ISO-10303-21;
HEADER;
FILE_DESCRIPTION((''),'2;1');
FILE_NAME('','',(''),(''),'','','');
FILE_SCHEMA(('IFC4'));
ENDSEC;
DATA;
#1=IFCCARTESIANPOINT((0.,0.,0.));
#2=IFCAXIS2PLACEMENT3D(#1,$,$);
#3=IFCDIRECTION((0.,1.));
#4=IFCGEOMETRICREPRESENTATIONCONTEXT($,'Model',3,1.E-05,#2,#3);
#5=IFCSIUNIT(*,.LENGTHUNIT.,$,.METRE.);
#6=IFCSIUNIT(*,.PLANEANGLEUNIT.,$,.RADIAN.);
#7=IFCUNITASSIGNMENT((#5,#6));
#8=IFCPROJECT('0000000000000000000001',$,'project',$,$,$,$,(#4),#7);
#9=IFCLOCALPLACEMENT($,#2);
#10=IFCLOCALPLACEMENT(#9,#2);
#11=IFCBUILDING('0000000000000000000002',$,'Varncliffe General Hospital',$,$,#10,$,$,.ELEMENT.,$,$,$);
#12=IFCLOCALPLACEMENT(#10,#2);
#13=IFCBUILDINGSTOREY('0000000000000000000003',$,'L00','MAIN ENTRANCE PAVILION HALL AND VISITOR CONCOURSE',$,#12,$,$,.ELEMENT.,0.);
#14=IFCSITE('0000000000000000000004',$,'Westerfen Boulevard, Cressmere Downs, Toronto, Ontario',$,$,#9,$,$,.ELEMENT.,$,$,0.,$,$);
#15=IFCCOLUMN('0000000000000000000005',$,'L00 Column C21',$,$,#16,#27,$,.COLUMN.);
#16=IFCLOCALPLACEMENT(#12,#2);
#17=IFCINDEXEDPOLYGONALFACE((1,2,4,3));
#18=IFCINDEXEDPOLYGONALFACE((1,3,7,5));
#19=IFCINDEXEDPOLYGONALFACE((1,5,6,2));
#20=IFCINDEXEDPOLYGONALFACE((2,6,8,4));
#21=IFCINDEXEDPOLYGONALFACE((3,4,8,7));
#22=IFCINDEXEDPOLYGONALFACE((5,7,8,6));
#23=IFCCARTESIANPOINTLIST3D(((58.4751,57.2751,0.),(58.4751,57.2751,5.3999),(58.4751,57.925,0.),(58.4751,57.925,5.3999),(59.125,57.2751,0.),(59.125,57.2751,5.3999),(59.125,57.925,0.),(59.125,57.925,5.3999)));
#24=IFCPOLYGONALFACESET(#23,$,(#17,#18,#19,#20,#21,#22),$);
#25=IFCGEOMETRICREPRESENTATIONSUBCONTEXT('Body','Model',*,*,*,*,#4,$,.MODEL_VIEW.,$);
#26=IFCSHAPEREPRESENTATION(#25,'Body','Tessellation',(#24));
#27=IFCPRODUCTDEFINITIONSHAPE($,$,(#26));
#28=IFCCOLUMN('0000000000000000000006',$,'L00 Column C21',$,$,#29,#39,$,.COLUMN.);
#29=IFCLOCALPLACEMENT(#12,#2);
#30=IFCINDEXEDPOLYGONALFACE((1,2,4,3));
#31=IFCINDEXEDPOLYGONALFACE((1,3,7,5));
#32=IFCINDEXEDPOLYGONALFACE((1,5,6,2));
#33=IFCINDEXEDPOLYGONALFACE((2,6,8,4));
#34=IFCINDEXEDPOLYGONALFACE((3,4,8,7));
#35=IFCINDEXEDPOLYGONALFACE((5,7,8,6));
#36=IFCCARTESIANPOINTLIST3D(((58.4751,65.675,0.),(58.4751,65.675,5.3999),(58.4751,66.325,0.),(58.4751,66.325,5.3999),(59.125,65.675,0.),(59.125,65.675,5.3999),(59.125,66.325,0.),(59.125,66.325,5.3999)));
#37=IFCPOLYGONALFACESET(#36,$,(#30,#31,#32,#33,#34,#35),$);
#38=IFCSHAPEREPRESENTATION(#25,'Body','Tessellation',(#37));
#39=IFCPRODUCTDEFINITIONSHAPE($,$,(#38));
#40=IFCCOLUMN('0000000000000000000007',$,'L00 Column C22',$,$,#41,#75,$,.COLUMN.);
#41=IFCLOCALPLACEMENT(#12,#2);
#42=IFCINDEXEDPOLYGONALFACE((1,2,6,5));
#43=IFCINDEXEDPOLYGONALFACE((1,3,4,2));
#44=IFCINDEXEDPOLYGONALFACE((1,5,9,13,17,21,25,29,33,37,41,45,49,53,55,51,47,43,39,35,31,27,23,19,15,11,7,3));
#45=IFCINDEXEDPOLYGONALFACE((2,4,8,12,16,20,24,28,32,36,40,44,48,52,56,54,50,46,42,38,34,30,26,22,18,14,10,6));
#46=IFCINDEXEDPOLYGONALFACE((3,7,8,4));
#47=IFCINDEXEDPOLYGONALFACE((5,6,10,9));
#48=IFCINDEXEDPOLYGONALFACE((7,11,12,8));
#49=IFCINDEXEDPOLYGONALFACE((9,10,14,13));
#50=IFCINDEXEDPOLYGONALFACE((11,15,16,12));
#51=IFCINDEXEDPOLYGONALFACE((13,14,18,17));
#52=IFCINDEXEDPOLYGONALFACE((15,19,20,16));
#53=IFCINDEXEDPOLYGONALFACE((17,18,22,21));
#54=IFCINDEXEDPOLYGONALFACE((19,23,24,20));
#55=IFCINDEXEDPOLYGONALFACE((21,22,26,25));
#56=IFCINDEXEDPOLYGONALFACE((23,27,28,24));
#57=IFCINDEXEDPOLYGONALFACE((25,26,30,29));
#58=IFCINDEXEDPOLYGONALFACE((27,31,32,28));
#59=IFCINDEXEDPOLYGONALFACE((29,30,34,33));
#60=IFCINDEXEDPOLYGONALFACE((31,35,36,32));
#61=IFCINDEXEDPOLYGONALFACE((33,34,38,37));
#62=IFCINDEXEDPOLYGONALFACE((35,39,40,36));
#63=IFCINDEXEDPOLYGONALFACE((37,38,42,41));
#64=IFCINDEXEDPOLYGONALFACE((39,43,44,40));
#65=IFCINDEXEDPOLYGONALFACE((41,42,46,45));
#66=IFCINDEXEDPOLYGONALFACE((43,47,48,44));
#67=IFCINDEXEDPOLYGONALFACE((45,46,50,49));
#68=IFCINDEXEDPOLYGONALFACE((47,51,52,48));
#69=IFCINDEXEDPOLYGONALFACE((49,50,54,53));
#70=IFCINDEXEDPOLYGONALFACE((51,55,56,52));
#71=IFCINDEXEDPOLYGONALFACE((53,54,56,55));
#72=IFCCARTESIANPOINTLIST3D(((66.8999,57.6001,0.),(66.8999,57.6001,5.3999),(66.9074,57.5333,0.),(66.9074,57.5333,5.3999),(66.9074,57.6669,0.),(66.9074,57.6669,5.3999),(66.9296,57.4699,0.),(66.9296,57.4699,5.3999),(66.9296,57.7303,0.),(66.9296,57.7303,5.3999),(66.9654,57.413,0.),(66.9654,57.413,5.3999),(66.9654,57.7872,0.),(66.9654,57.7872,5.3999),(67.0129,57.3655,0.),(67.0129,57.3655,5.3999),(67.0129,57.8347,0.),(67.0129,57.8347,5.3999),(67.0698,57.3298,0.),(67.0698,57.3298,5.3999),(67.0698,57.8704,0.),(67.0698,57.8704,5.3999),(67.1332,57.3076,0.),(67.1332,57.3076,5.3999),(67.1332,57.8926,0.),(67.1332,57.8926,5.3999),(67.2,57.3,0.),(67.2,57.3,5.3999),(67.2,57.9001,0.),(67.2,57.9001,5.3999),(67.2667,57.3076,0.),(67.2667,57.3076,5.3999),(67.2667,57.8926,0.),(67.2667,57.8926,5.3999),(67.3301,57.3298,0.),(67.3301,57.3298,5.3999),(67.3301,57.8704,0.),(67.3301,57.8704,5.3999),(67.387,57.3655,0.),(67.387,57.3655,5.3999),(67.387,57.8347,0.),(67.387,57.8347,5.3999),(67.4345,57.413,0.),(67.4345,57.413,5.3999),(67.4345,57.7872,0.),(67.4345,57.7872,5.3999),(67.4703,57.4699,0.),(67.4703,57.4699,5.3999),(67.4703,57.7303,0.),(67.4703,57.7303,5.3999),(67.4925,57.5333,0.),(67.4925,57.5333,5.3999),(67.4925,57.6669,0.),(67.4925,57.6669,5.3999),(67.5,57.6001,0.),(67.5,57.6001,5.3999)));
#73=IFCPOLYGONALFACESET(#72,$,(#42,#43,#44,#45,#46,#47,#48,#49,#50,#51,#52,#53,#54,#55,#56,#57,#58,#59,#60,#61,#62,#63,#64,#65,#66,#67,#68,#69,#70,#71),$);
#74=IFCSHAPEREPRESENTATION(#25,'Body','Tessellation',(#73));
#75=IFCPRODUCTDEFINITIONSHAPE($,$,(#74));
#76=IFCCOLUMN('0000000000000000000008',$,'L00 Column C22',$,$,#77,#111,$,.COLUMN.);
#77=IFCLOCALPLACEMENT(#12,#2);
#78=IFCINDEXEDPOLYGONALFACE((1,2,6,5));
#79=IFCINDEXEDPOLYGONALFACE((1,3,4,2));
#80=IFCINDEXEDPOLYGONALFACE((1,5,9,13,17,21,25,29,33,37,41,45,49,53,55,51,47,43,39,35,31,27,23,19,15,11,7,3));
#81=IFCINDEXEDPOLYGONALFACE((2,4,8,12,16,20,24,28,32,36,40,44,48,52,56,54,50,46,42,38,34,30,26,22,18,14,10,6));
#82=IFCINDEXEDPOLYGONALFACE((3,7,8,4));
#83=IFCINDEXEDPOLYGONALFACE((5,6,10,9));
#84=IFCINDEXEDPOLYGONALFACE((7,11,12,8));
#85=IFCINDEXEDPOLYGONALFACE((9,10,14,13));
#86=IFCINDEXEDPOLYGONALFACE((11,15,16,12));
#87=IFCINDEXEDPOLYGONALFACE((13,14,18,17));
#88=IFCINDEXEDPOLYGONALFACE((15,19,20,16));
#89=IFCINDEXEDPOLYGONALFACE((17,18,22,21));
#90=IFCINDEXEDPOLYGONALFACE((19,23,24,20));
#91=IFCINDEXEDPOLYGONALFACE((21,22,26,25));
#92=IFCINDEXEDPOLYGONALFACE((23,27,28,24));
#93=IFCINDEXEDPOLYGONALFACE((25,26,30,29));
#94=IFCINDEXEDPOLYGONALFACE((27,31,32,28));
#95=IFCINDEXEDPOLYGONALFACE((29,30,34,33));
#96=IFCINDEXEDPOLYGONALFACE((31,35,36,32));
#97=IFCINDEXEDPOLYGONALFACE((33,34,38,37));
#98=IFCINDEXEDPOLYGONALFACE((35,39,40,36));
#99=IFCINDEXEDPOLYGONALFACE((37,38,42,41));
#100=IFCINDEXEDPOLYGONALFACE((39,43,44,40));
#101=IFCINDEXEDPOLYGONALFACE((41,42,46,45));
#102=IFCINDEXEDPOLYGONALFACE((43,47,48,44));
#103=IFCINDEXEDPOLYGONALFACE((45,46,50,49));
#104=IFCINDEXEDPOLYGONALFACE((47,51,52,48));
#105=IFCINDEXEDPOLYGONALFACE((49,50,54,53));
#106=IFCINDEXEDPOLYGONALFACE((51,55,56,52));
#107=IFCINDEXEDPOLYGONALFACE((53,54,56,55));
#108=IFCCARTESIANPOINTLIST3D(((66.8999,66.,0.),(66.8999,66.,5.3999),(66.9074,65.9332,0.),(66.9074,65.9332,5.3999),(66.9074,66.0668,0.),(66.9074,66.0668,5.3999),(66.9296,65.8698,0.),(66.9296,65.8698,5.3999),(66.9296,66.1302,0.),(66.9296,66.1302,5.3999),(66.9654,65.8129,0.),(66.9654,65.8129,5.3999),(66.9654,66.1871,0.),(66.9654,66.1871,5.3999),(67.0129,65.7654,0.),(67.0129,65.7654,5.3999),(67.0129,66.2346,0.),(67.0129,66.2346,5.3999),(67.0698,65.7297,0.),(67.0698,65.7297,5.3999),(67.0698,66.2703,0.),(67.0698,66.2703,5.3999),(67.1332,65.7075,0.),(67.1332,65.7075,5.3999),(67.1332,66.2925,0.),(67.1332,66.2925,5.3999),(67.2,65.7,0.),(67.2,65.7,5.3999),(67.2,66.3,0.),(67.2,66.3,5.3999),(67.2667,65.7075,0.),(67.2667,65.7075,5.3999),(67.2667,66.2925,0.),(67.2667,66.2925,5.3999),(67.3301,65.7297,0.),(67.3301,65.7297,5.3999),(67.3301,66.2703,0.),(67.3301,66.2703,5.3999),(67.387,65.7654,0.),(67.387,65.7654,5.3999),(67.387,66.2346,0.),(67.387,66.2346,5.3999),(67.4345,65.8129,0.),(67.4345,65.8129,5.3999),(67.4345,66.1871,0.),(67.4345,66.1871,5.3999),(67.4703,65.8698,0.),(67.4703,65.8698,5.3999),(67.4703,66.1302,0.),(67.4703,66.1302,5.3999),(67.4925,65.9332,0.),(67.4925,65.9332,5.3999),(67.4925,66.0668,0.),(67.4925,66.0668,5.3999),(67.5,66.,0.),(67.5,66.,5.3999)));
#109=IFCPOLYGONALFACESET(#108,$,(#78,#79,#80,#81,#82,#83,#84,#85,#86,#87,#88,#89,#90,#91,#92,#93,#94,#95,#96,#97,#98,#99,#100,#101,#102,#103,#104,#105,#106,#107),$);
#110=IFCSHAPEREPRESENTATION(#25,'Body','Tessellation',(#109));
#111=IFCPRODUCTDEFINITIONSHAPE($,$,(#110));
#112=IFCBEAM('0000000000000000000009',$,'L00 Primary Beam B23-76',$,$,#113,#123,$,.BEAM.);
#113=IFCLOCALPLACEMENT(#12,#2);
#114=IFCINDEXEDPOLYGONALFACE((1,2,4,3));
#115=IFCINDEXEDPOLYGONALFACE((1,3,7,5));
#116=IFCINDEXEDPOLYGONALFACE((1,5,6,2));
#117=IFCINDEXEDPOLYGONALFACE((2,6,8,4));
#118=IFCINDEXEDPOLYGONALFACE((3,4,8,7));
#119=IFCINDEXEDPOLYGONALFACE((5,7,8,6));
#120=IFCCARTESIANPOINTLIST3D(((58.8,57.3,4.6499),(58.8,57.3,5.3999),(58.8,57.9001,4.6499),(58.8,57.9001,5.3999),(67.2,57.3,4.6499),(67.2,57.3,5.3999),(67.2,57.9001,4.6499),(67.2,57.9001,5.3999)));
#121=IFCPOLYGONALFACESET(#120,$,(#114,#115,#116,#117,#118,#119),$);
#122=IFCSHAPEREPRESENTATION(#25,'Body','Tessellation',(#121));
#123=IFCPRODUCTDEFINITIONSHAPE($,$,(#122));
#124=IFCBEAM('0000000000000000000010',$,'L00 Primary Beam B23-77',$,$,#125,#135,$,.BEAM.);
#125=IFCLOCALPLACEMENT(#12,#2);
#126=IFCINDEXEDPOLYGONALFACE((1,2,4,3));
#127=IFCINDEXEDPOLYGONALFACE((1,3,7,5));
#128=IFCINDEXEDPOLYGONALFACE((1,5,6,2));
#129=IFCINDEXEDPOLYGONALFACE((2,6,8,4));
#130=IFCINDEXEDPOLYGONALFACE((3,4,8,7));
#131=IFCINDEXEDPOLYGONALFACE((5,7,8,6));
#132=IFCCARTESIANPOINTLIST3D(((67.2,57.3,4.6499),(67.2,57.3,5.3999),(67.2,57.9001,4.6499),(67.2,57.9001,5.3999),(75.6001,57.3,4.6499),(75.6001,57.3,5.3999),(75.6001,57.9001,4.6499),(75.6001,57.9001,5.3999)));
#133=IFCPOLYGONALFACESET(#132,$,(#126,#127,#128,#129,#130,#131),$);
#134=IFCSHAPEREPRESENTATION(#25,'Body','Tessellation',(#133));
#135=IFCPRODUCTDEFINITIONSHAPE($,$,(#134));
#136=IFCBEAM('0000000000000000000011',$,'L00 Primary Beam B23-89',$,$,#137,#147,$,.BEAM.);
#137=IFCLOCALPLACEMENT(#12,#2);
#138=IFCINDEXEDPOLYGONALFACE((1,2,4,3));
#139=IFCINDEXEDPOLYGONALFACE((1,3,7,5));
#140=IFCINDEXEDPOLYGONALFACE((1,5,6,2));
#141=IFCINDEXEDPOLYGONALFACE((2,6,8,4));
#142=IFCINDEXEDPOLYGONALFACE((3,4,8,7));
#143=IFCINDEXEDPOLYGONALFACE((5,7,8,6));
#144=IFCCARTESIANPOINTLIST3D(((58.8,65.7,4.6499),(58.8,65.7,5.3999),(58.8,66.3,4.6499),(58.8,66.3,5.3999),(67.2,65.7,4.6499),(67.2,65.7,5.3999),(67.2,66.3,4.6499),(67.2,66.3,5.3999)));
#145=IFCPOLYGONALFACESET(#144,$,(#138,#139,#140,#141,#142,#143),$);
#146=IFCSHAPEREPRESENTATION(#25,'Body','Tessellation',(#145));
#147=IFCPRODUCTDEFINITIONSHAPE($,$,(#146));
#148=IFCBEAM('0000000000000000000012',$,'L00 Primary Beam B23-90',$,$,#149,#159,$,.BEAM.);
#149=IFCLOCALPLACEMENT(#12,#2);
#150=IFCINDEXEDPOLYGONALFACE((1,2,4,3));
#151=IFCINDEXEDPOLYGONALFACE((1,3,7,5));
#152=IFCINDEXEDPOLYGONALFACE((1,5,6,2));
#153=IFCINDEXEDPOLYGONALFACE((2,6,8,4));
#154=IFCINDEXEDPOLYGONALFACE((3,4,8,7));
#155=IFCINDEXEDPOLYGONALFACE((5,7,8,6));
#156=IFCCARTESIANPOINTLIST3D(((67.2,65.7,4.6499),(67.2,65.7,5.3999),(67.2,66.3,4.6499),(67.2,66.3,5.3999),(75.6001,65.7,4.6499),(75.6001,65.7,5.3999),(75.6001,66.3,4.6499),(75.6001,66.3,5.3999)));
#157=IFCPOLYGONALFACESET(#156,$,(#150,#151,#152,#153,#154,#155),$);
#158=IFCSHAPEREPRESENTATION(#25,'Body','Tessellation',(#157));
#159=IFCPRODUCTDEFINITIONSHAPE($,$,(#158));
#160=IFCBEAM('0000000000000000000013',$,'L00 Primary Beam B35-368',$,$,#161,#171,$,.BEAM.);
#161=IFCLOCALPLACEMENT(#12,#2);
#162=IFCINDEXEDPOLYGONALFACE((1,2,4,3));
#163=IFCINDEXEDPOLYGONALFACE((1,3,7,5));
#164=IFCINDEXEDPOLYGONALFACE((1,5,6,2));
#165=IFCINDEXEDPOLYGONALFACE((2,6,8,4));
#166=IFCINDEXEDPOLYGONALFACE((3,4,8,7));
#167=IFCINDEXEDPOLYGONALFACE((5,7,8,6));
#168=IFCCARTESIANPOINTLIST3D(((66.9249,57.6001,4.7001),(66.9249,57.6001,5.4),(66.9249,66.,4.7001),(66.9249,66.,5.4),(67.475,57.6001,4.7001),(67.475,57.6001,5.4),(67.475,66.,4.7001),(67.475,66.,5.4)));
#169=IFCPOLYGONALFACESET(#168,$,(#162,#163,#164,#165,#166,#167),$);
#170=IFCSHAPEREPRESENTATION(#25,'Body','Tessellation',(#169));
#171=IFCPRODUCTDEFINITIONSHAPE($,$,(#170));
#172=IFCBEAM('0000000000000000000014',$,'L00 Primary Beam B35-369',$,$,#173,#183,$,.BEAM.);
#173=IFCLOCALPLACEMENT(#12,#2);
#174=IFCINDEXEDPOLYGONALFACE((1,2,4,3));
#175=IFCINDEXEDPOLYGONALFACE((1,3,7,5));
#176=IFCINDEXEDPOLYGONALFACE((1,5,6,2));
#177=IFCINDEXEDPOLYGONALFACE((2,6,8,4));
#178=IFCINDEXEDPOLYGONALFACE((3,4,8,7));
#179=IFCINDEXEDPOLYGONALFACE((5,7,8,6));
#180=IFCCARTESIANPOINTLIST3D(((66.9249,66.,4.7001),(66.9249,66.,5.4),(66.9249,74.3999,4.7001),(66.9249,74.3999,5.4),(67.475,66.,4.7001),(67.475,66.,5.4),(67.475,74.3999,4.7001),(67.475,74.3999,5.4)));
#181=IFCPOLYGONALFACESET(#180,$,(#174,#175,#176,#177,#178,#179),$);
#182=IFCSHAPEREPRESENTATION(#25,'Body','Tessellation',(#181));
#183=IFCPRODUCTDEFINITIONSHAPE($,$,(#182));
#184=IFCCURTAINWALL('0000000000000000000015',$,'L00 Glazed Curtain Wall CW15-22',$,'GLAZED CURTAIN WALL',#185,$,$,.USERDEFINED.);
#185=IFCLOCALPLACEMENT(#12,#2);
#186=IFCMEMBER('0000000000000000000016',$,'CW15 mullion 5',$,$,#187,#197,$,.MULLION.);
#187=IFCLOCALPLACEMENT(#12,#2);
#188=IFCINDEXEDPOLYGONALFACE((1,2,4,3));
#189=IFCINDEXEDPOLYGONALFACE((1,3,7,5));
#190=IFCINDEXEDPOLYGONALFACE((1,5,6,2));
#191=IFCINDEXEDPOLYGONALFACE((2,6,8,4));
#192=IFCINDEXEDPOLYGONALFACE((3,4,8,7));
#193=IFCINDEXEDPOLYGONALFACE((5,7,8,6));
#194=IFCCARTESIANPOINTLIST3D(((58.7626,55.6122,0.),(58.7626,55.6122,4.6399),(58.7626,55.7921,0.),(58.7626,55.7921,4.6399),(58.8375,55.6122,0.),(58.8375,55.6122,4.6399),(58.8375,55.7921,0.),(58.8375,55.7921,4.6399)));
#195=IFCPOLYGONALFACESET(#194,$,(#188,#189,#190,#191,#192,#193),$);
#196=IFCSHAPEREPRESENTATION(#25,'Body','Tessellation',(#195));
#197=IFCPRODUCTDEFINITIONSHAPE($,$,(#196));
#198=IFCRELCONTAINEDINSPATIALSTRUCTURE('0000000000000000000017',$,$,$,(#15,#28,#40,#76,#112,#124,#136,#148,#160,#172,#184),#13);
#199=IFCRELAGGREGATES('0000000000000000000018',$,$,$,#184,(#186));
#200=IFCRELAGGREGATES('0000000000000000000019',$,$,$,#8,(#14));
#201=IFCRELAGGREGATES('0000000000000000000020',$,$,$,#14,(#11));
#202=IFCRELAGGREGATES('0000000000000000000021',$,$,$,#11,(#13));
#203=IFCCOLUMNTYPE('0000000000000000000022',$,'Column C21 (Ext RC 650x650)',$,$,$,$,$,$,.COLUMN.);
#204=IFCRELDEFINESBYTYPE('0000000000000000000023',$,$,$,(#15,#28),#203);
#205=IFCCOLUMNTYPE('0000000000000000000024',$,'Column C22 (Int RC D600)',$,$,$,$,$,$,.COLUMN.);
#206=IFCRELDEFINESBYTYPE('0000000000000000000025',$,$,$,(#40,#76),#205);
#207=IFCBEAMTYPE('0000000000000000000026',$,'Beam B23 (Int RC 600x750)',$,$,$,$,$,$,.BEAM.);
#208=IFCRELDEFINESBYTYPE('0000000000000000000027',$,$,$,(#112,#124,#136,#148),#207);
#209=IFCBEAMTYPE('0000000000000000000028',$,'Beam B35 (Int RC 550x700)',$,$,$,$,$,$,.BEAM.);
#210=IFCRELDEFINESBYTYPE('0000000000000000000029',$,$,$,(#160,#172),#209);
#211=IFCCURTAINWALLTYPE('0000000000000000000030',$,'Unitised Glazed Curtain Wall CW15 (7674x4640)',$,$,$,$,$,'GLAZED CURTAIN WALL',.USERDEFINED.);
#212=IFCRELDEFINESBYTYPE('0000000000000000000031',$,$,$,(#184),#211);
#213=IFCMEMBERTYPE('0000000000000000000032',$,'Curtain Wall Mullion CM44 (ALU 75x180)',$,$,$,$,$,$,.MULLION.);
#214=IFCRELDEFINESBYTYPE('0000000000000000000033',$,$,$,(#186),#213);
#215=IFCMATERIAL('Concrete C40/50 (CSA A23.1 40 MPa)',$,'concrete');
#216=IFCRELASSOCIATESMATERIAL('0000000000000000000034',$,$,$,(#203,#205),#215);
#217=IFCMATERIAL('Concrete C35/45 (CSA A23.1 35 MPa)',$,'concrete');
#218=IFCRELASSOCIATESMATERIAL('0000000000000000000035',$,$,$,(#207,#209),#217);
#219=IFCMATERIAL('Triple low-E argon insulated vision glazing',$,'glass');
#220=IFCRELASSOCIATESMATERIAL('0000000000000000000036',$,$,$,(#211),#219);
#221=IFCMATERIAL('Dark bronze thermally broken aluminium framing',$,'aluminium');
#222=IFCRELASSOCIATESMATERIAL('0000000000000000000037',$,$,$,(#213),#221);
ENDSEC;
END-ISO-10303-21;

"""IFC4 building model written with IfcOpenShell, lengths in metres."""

from ifc_helpers import new_model, si_unit, direction, frame, origin, origin_2d, place, context, subcontext, project, spatial, rectangle, circle, extrude, material, material_profile, profile_set, type_object, element, aggregate, save


model = new_model("IFC4")

# Units and contexts
model_context = context("Model", 3, precision=1e-05, world=origin(), true_north=direction((0.0, 1.0)))
body_context = subcontext(model_context, "Body", "Model", "MODEL_VIEW")
ifc_project = project(units=[si_unit("LENGTHUNIT", "METRE"), si_unit("PLANEANGLEUNIT", "RADIAN")], contexts=[model_context])

# Site, building, storey
site_placement = place(None, origin())
site = spatial("IfcSite", under=ifc_project, at=site_placement, Name="Westerfen Boulevard, Cressmere Downs, Toronto, Ontario", CompositionType="ELEMENT", RefElevation=0.0)
building_placement = place(site_placement, origin())
building = spatial("IfcBuilding", under=site, at=building_placement, Name="Varncliffe General Hospital", CompositionType="ELEMENT")
storey_placement = place(building_placement, origin())
storey = spatial("IfcBuildingStorey", under=building, at=storey_placement, Name="L00", Description="MAIN ENTRANCE PAVILION HALL AND VISITOR CONCOURSE", CompositionType="ELEMENT", Elevation=0.0)

# Columns
ifc_material_1 = material(Name="Concrete C40/50 (CSA A23.1 40 MPa)", Category="concrete")
ifc_material_profile_1 = material_profile(ifc_material_1, rectangle(XDim=0.6499, YDim=0.6499, at=origin_2d()), Name="RC 650x650")
ifc_profile_set_1 = profile_set([ifc_material_profile_1], Name="Concrete C40/50 (CSA A23.1 40 MPa)")
column_type_1 = type_object("IfcColumnType", Name="Column C21 (Ext RC 650x650)", PredefinedType="COLUMN", material=ifc_profile_set_1)
for number, where, z_axis, x_axis, name in (
    (1, (58.8, 57.6001, 0.0), (0.0, 0.0, 1.0), (1.0, 0.0, 0.0), "L00 Column C21"),
    (2, (58.8, 66.0, 0.0), (0.0, 0.0, 1.0), (1.0, 0.0, 0.0), "L00 Column C21"),
):
    element("IfcColumn", number, at=place(storey_placement, frame(where, z_axis=z_axis, x_axis=x_axis)), inside=storey, type_object=column_type_1, Name=name, PredefinedType="COLUMN", context=body_context, shape_type="SweptSolid", body=[
        extrude(rectangle(XDim=0.6499, YDim=0.6499, at=origin_2d()), origin(), (0.0, 0.0, 1.0), 5.3999),
    ])
ifc_material_profile_2 = material_profile(ifc_material_1, circle(Radius=0.3, at=origin_2d()), Name="RC D600")
ifc_profile_set_2 = profile_set([ifc_material_profile_2], Name="Concrete C40/50 (CSA A23.1 40 MPa)")
column_type_2 = type_object("IfcColumnType", Name="Column C22 (Int RC D600)", PredefinedType="COLUMN", material=ifc_profile_set_2)
for number, where, z_axis, x_axis, name in (
    (3, (67.2, 57.6001, 0.0), (0.0, 0.0, 1.0), (1.0, 0.0, 0.0), "L00 Column C22"),
    (4, (67.2, 66.0, 0.0), (0.0, 0.0, 1.0), (1.0, 0.0, 0.0), "L00 Column C22"),
):
    element("IfcColumn", number, at=place(storey_placement, frame(where, z_axis=z_axis, x_axis=x_axis)), inside=storey, type_object=column_type_2, Name=name, PredefinedType="COLUMN", context=body_context, shape_type="SweptSolid", body=[
        extrude(circle(Radius=0.3, at=origin_2d()), origin(), (0.0, 0.0, 1.0), 5.3999),
    ])

# Beams
ifc_material_2 = material(Name="Concrete C35/45 (CSA A23.1 35 MPa)", Category="concrete")
ifc_material_profile_3 = material_profile(ifc_material_2, rectangle(XDim=0.6001, YDim=0.75, at=origin_2d()), Name="RC 600x750")
ifc_profile_set_3 = profile_set([ifc_material_profile_3], Name="Concrete C35/45 (CSA A23.1 35 MPa)")
beam_type_1 = type_object("IfcBeamType", Name="Beam B23 (Int RC 600x750)", PredefinedType="BEAM", material=ifc_profile_set_3)
beam_1_placement = place(storey_placement, frame((58.8, 57.6001, 5.0249), z_axis=(1.0, 0.0, 0.0), x_axis=(0.0, 1.0, 0.0)))
element("IfcBeam", 5, at=beam_1_placement, inside=storey, type_object=beam_type_1, Name="L00 Primary Beam B23-76", PredefinedType="BEAM", context=body_context, shape_type="SweptSolid", body=[
    extrude(rectangle(XDim=0.6001, YDim=0.75, at=origin_2d()), origin(), (0.0, 0.0, 1.0), 8.3999),
])
beam_2_placement = place(storey_placement, frame((67.2, 57.6001, 5.0249), z_axis=(1.0, 0.0, 0.0), x_axis=(0.0, 1.0, 0.0)))
element("IfcBeam", 6, at=beam_2_placement, inside=storey, type_object=beam_type_1, Name="L00 Primary Beam B23-77", PredefinedType="BEAM", context=body_context, shape_type="SweptSolid", body=[
    extrude(rectangle(XDim=0.6001, YDim=0.75, at=origin_2d()), origin(), (0.0, 0.0, 1.0), 8.4001),
])
beam_3_placement = place(storey_placement, frame((58.8, 66.0, 5.0249), z_axis=(1.0, 0.0, 0.0), x_axis=(0.0, 1.0, 0.0)))
element("IfcBeam", 7, at=beam_3_placement, inside=storey, type_object=beam_type_1, Name="L00 Primary Beam B23-89", PredefinedType="BEAM", context=body_context, shape_type="SweptSolid", body=[
    extrude(rectangle(XDim=0.6001, YDim=0.75, at=origin_2d()), origin(), (0.0, 0.0, 1.0), 8.3999),
])
beam_4_placement = place(storey_placement, frame((67.2, 66.0, 5.0249), z_axis=(1.0, 0.0, 0.0), x_axis=(0.0, 1.0, 0.0)))
element("IfcBeam", 8, at=beam_4_placement, inside=storey, type_object=beam_type_1, Name="L00 Primary Beam B23-90", PredefinedType="BEAM", context=body_context, shape_type="SweptSolid", body=[
    extrude(rectangle(XDim=0.6001, YDim=0.75, at=origin_2d()), origin(), (0.0, 0.0, 1.0), 8.4001),
])
ifc_material_profile_4 = material_profile(ifc_material_2, rectangle(XDim=0.55, YDim=0.7, at=origin_2d()), Name="RC 550x700")
ifc_profile_set_4 = profile_set([ifc_material_profile_4], Name="Concrete C35/45 (CSA A23.1 35 MPa)")
beam_type_2 = type_object("IfcBeamType", Name="Beam B35 (Int RC 550x700)", PredefinedType="BEAM", material=ifc_profile_set_4)
for number, where, z_axis, x_axis, name in (
    (9, (67.2, 57.6001, 5.05), (0.0, 1.0, 0.0), (-1.0, 0.0, 0.0), "L00 Primary Beam B35-368"),
    (10, (67.2, 66.0, 5.05), (0.0, 1.0, 0.0), (-1.0, 0.0, 0.0), "L00 Primary Beam B35-369"),
):
    element("IfcBeam", number, at=place(storey_placement, frame(where, z_axis=z_axis, x_axis=x_axis)), inside=storey, type_object=beam_type_2, Name=name, PredefinedType="BEAM", context=body_context, shape_type="SweptSolid", body=[
        extrude(rectangle(XDim=0.55, YDim=0.7, at=origin_2d()), origin(), (0.0, 0.0, 1.0), 8.3999),
    ])

# Curtain wall, member
ifc_material_3 = material(Name="Triple low-E argon insulated vision glazing", Category="glass")
curtain_wall_type = type_object("IfcCurtainWallType", Name="Unitised Glazed Curtain Wall CW15 (7674x4640)", ElementType="GLAZED CURTAIN WALL", PredefinedType="USERDEFINED", material=ifc_material_3)
curtain_wall_placement = place(storey_placement, origin())
curtain_wall = element("IfcCurtainWall", 11, at=curtain_wall_placement, inside=storey, type_object=curtain_wall_type, Name="L00 Glazed Curtain Wall CW15-22", ObjectType="GLAZED CURTAIN WALL", PredefinedType="USERDEFINED")
ifc_material_4 = material(Name="Dark bronze thermally broken aluminium framing", Category="aluminium")
ifc_material_profile_5 = material_profile(ifc_material_4, rectangle(XDim=0.075, YDim=0.1799, at=origin_2d()), Name="ALU 75x180")
ifc_profile_set_5 = profile_set([ifc_material_profile_5], Name="Dark bronze thermally broken aluminium framing")
member_type_1 = type_object("IfcMemberType", Name="Curtain Wall Mullion CM44 (ALU 75x180)", PredefinedType="MULLION", material=ifc_profile_set_5)
member_1_placement = place(storey_placement, frame((58.8, 55.7021, 0.0), z_axis=(0.0, 0.0, 1.0), x_axis=(-1.0, 0.0, 0.0)))
member_1 = element("IfcMember", 12, at=member_1_placement, type_object=member_type_1, Name="CW15 mullion 5", PredefinedType="MULLION", context=body_context, shape_type="SweptSolid", body=[
    extrude(rectangle(XDim=0.075, YDim=0.1799, at=origin_2d()), origin(), (0.0, 0.0, 1.0), 4.6399),
])

aggregate(curtain_wall, [member_1])

save(model, "model.ifc")
